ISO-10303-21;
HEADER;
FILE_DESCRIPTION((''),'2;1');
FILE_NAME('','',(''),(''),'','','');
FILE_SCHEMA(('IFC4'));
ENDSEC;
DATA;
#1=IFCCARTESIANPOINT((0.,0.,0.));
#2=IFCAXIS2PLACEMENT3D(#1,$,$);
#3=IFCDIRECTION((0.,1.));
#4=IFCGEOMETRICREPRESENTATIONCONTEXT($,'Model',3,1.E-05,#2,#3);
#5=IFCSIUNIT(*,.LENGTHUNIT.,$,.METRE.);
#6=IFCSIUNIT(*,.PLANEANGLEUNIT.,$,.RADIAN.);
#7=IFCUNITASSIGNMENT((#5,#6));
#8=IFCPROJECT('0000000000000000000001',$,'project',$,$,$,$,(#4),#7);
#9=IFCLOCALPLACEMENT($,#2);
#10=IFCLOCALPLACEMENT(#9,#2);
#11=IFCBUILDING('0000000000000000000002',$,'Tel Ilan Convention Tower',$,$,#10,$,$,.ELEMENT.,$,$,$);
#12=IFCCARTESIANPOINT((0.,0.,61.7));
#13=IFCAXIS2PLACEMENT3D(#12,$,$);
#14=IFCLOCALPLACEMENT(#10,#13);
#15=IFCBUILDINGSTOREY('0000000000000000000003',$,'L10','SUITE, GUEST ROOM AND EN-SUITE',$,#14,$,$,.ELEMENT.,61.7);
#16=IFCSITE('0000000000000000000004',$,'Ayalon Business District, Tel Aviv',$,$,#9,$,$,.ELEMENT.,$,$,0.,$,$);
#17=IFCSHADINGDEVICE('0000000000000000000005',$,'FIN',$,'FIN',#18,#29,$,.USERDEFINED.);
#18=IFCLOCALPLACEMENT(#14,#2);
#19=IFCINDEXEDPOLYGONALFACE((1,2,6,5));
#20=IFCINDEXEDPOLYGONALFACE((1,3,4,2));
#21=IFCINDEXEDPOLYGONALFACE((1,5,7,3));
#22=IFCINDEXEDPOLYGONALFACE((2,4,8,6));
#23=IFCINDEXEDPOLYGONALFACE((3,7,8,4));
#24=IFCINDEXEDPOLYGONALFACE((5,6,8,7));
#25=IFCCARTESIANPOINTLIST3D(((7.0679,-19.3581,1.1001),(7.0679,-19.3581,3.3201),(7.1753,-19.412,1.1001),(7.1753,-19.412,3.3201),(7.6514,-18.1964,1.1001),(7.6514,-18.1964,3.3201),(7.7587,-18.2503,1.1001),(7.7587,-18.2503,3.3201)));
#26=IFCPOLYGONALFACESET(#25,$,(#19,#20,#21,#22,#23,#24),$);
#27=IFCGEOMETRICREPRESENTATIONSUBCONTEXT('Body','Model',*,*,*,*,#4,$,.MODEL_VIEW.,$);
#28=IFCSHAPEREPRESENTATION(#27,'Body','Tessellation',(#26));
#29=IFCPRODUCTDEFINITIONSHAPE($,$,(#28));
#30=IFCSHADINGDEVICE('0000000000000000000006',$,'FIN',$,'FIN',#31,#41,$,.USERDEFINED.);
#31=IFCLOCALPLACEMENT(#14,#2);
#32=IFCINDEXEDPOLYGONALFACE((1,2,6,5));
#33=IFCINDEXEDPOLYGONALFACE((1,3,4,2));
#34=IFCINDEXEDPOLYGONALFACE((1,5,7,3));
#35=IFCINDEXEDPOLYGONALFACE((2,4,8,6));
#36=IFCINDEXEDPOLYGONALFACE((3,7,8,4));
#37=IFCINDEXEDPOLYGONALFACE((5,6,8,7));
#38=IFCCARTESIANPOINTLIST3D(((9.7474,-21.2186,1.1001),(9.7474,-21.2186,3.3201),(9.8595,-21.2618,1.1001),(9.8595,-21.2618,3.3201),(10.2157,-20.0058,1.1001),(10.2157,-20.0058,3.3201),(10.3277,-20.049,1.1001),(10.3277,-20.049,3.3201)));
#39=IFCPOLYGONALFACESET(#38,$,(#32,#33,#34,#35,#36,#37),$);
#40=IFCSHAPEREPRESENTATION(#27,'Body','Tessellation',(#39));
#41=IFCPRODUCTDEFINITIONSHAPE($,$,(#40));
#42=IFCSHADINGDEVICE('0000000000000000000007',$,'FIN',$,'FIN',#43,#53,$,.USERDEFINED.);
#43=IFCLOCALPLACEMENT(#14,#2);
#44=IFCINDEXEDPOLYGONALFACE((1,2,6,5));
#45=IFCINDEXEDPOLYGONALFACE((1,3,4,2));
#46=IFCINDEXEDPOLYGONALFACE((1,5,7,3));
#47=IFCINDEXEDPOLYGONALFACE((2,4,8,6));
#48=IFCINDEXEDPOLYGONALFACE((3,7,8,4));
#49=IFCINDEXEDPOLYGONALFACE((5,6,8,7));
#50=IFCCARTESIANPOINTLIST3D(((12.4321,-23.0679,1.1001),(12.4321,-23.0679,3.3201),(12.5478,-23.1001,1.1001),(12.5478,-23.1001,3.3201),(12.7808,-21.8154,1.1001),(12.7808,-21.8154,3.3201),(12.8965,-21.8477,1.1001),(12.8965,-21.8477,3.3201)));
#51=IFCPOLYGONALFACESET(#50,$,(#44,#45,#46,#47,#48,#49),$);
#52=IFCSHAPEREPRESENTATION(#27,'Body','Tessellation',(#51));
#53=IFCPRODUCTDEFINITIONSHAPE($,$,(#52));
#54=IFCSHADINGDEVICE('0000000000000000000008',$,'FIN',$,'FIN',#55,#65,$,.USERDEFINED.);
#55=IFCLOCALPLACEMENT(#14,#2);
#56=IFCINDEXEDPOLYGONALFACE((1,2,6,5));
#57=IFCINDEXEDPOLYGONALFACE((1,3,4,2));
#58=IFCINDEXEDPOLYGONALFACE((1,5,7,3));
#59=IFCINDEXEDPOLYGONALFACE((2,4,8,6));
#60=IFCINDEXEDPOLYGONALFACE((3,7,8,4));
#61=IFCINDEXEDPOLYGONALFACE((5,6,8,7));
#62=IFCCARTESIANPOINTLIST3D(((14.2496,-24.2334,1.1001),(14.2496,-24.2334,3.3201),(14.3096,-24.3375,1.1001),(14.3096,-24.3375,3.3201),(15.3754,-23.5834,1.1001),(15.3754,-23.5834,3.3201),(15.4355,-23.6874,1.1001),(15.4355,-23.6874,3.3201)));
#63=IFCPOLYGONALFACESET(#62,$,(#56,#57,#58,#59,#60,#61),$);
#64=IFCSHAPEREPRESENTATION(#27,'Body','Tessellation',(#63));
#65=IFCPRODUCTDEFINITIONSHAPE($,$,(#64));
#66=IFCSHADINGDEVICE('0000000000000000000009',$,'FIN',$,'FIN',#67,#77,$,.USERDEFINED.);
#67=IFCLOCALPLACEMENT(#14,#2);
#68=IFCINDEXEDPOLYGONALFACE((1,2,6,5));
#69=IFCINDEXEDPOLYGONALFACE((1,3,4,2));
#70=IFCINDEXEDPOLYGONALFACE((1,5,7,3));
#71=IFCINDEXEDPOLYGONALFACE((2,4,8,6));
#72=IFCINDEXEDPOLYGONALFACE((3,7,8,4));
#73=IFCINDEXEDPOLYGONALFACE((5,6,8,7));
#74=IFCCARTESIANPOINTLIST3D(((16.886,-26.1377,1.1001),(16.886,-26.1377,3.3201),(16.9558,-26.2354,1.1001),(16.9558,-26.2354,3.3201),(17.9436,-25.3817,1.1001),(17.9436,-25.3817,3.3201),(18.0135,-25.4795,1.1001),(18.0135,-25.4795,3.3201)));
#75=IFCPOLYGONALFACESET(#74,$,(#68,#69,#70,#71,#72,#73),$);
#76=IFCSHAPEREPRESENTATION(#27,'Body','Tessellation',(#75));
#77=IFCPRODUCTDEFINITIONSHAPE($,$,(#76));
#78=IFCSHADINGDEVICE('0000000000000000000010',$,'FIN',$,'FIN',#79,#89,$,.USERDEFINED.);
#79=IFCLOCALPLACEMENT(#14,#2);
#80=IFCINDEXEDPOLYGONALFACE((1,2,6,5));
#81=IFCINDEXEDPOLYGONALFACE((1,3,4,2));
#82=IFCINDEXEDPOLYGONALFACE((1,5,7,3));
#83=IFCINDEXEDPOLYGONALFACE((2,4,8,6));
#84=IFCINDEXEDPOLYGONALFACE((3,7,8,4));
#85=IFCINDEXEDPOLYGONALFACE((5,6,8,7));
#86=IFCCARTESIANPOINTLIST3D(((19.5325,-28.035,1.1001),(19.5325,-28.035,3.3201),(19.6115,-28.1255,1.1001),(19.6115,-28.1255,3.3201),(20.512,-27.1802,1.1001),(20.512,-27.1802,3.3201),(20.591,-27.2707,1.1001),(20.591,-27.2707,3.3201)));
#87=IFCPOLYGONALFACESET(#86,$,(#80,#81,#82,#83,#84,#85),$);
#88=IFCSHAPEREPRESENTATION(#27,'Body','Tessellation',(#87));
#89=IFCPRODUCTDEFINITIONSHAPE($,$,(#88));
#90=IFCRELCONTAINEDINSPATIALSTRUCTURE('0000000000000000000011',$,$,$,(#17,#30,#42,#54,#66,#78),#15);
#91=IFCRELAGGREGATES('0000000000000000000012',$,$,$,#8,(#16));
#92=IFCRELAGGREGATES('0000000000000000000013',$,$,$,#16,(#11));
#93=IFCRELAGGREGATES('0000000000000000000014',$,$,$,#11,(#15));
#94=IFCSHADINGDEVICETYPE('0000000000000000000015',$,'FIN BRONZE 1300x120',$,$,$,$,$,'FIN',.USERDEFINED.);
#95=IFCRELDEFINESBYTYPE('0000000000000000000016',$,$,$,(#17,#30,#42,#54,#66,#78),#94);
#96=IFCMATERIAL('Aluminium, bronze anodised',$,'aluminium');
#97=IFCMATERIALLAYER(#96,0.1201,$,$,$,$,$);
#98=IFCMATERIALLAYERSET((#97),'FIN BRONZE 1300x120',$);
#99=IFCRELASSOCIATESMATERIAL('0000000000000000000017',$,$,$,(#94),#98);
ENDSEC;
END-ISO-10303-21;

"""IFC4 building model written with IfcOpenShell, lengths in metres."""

from ifc_helpers import new_model, si_unit, direction, frame, origin, origin_2d, place, context, subcontext, project, spatial, rectangle, extrude, material, layer, layer_set, type_object, element, save


model = new_model("IFC4")

# Units and contexts
model_context = context("Model", 3, precision=1e-05, world=origin(), true_north=direction((0.0, 1.0)))
body_context = subcontext(model_context, "Body", "Model", "MODEL_VIEW")
ifc_project = project(units=[si_unit("LENGTHUNIT", "METRE"), si_unit("PLANEANGLEUNIT", "RADIAN")], contexts=[model_context])

# Site, building, storey
site_placement = place(None, origin())
site = spatial("IfcSite", under=ifc_project, at=site_placement, Name="Ayalon Business District, Tel Aviv", CompositionType="ELEMENT", RefElevation=0.0)
building_placement = place(site_placement, origin())
building = spatial("IfcBuilding", under=site, at=building_placement, Name="Tel Ilan Convention Tower", CompositionType="ELEMENT")
storey_placement = place(building_placement, frame((0.0, 0.0, 61.7)))
storey = spatial("IfcBuildingStorey", under=building, at=storey_placement, Name="L10", Description="SUITE, GUEST ROOM AND EN-SUITE", CompositionType="ELEMENT", Elevation=61.7)

# Shading devices
ifc_material_1 = material(Name="Aluminium, bronze anodised", Category="aluminium")
ifc_layer_1 = layer(ifc_material_1, 0.1201)
ifc_layer_set_1 = layer_set([ifc_layer_1], Name="FIN BRONZE 1300x120")
shading_device_type = type_object("IfcShadingDeviceType", Name="FIN BRONZE 1300x120", ElementType="FIN", PredefinedType="USERDEFINED", material=ifc_layer_set_1)
for number, where, z_axis, x_axis, name in (
    (1, (7.4133, -18.8042, 1.1001), (0.0, 0.0, 1.0), (-0.448799, -0.893633, 0.0), "FIN"),
    (2, (10.0376, -20.6338, 1.1001), (0.0, 0.0, 1.0), (-0.360178, -0.932884, 0.0), "FIN"),
    (3, (12.6643, -22.4578, 1.1001), (0.0, 0.0, 1.0), (-0.268173, -0.963371, 0.0), "FIN"),
    (4, (14.8425, -23.9604, 1.1001), (0.0, 0.0, 1.0), (-0.866025, -0.5, 0.0), "FIN"),
    (5, (17.4497, -25.8086, 1.1001), (0.0, 0.0, 1.0), (-0.813552, -0.581492, 0.0), "FIN"),
    (6, (20.0618, -27.6528, 1.1001), (0.0, 0.0, 1.0), (-0.753436, -0.657521, 0.0), "FIN"),
):
    element("IfcShadingDevice", number, at=place(storey_placement, frame(where, z_axis=z_axis, x_axis=x_axis)), inside=storey, type_object=shading_device_type, Name=name, ObjectType="FIN", PredefinedType="USERDEFINED", context=body_context, shape_type="SweptSolid", body=[
        extrude(rectangle(XDim=1.3, YDim=0.1201, at=origin_2d()), origin(), (0.0, 0.0, 1.0), 2.22),
    ])

save(model, "model.ifc")
